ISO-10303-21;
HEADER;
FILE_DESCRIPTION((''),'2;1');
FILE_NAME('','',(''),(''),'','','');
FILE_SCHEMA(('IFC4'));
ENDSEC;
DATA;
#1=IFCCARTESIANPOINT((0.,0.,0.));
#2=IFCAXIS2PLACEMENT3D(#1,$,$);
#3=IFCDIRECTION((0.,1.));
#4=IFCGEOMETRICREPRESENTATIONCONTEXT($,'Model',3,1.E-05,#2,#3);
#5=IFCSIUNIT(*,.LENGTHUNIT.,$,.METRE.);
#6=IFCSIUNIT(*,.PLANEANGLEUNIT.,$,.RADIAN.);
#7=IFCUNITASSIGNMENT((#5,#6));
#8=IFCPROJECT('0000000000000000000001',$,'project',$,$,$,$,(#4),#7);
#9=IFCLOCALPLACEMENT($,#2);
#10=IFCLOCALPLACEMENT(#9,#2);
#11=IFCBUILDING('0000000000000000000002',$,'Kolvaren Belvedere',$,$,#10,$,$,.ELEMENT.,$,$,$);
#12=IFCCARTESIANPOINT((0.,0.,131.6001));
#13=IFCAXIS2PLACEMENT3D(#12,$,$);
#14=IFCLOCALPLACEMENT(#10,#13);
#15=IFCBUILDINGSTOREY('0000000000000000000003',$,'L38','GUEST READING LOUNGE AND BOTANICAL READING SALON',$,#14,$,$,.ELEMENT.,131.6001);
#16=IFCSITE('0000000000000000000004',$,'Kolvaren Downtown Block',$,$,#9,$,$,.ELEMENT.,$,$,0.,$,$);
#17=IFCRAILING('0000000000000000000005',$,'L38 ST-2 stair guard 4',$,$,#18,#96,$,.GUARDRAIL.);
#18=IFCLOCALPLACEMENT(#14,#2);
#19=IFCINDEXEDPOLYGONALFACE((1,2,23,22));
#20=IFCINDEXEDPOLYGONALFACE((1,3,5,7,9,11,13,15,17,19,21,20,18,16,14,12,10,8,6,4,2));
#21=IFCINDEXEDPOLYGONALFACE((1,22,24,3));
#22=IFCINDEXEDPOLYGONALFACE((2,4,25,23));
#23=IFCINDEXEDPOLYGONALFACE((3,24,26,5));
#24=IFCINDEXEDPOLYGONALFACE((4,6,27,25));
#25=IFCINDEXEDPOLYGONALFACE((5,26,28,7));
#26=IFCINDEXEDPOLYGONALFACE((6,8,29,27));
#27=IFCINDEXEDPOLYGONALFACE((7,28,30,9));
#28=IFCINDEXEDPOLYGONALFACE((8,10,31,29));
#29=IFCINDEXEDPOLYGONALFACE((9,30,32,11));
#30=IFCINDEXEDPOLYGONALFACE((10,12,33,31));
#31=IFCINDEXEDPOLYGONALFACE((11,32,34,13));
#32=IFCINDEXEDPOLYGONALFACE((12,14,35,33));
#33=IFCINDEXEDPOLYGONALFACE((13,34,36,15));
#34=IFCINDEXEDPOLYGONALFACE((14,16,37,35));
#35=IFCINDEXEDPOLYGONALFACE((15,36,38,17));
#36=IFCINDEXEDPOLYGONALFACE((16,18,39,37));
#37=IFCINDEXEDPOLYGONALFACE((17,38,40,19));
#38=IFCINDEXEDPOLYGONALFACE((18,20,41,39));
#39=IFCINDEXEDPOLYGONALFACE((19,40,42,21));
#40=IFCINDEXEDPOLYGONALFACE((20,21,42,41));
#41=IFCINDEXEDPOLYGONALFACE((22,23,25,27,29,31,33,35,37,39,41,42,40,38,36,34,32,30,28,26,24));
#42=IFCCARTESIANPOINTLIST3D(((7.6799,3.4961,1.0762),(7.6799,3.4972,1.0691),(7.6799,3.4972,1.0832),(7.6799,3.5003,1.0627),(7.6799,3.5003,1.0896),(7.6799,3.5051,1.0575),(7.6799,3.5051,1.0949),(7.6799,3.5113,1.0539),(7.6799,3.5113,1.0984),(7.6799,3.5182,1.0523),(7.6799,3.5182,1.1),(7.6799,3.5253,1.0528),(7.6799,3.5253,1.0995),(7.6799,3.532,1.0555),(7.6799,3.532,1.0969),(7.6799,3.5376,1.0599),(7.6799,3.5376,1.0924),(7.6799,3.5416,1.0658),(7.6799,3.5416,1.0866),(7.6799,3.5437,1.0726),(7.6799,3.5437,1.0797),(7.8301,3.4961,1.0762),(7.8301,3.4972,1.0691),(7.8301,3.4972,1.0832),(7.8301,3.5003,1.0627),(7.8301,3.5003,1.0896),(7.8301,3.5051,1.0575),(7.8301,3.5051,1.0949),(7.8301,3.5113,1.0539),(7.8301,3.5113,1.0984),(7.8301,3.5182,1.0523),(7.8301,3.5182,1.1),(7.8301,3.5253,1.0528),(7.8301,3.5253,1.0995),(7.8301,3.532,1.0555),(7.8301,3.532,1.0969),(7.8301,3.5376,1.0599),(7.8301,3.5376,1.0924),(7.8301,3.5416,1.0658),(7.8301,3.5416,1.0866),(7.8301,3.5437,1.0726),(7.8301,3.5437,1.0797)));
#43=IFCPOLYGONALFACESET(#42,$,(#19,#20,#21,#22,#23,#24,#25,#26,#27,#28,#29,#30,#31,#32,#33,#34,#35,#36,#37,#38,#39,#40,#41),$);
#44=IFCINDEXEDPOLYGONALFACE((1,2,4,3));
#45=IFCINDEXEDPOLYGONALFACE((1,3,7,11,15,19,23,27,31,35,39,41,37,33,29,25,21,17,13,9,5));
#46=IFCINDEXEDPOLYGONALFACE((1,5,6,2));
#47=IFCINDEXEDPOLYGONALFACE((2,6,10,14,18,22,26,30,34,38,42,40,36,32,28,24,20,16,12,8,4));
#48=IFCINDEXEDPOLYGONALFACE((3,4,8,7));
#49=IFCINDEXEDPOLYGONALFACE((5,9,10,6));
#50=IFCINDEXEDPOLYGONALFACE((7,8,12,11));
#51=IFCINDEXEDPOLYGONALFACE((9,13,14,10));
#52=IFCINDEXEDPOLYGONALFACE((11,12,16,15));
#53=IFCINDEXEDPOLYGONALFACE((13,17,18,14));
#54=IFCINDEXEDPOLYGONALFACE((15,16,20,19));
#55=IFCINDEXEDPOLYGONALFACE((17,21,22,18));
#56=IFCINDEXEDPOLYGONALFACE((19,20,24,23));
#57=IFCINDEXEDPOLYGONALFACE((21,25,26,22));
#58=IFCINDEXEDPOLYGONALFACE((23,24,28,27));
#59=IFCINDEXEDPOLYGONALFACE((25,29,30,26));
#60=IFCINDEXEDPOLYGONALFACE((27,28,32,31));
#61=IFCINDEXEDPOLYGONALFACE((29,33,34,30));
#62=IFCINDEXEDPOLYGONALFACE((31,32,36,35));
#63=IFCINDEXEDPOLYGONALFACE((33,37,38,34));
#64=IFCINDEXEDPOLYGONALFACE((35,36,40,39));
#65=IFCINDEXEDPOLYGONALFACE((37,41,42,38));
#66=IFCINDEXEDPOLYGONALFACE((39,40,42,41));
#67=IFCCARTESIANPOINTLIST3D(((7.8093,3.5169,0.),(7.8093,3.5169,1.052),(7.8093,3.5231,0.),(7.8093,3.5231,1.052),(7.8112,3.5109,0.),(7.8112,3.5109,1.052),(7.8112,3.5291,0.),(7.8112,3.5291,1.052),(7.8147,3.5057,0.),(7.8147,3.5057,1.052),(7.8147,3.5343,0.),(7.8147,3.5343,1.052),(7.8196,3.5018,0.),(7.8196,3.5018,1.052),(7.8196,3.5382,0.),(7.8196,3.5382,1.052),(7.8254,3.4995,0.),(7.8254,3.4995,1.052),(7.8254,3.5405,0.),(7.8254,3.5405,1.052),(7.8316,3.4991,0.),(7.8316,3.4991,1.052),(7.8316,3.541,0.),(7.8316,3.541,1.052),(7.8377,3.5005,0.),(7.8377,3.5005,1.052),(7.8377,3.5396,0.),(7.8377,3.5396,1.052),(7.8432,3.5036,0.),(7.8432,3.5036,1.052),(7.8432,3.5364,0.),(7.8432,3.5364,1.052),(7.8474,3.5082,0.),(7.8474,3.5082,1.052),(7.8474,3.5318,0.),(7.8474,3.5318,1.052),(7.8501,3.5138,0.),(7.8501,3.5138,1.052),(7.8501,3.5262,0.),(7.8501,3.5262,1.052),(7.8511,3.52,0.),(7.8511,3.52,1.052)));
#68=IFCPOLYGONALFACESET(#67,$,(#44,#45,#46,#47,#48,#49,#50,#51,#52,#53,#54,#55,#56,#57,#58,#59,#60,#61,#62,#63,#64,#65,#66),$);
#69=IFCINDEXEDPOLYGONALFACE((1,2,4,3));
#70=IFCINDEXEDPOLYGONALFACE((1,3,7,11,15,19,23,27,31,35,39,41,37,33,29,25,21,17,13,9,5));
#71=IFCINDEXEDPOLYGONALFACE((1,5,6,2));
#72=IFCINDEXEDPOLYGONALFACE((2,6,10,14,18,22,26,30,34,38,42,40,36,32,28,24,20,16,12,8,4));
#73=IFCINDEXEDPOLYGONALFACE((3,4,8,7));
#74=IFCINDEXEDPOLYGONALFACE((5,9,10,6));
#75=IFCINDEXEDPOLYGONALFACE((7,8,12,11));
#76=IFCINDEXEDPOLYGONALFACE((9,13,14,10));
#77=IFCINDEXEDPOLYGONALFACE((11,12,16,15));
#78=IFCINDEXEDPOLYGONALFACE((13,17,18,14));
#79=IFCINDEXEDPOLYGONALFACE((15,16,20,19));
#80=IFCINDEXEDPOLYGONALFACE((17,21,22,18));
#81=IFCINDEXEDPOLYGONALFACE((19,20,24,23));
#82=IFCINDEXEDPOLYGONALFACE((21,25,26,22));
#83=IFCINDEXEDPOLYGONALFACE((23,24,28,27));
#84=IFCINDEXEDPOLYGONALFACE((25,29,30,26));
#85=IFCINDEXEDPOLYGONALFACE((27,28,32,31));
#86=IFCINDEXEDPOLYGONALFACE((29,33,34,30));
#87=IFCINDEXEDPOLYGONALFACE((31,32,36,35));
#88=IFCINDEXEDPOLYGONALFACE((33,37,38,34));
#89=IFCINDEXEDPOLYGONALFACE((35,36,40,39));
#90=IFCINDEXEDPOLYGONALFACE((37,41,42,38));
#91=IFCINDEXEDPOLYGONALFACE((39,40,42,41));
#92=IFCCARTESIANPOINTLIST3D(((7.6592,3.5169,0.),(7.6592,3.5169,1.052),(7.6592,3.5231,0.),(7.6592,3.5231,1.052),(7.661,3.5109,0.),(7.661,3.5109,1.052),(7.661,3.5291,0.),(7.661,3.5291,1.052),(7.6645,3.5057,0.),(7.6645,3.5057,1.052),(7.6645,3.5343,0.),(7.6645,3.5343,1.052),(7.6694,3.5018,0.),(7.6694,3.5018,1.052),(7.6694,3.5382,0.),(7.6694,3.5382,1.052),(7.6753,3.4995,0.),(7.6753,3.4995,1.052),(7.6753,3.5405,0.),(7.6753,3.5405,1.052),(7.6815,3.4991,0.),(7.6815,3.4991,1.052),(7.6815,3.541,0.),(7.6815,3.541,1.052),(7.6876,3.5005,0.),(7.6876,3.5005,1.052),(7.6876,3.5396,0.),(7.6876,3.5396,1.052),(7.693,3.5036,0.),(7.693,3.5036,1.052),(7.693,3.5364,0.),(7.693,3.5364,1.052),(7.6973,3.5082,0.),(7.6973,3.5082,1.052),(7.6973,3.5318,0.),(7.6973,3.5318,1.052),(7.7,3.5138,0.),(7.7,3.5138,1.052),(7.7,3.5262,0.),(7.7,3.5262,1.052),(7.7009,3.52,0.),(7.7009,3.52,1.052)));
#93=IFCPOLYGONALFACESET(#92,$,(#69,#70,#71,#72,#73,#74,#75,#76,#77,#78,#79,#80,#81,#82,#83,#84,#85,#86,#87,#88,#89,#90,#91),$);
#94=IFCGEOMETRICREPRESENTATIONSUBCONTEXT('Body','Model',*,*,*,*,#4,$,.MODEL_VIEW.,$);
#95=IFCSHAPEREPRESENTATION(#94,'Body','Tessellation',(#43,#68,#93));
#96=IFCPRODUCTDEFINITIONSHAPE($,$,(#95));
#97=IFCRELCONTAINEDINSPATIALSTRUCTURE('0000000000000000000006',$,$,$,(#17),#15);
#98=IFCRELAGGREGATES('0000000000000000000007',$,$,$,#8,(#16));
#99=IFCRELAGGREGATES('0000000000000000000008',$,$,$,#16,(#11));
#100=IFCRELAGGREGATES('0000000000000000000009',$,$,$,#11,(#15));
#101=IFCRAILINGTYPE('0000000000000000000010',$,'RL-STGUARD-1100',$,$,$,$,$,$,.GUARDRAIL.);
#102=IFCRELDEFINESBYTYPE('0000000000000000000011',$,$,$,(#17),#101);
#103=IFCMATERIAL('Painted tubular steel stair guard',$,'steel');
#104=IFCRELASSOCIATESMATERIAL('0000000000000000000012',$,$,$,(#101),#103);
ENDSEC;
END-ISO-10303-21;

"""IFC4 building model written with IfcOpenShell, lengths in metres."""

from ifc_helpers import new_model, si_unit, direction, frame, origin, origin_2d, place, context, subcontext, project, spatial, circle, extrude, material, type_object, element, save


model = new_model("IFC4")

# Units and contexts
model_context = context("Model", 3, precision=1e-05, world=origin(), true_north=direction((0.0, 1.0)))
body_context = subcontext(model_context, "Body", "Model", "MODEL_VIEW")
ifc_project = project(units=[si_unit("LENGTHUNIT", "METRE"), si_unit("PLANEANGLEUNIT", "RADIAN")], contexts=[model_context])

# Site, building, storey
site_placement = place(None, origin())
site = spatial("IfcSite", under=ifc_project, at=site_placement, Name="Kolvaren Downtown Block", CompositionType="ELEMENT", RefElevation=0.0)
building_placement = place(site_placement, origin())
building = spatial("IfcBuilding", under=site, at=building_placement, Name="Kolvaren Belvedere", CompositionType="ELEMENT")
storey_placement = place(building_placement, frame((0.0, 0.0, 131.6001)))
storey = spatial("IfcBuildingStorey", under=building, at=storey_placement, Name="L38", Description="GUEST READING LOUNGE AND BOTANICAL READING SALON", CompositionType="ELEMENT", Elevation=131.6001)

# Railing
ifc_material_1 = material(Name="Painted tubular steel stair guard", Category="steel")
railing_type_1 = type_object("IfcRailingType", Name="RL-STGUARD-1100", PredefinedType="GUARDRAIL", material=ifc_material_1)
railing_1_placement = place(storey_placement, frame((7.8301, 3.52, 0.0)))
element("IfcRailing", 1, at=railing_1_placement, inside=storey, type_object=railing_type_1, Name="L38 ST-2 stair guard 4", PredefinedType="GUARDRAIL", context=body_context, shape_type="SweptSolid", body=[
    extrude(circle(Radius=0.0239, at=origin_2d()), frame((0.0, 0.0, 1.0762), z_axis=(-1.0, 0.0, 0.0), x_axis=(0.0, -1.0, 0.0)), (0.0, 0.0, 1.0), 0.1501),
    extrude(circle(Radius=0.021, at=origin_2d()), origin(), (0.0, 0.0, 1.0), 1.052),
    extrude(circle(Radius=0.021, at=origin_2d()), frame((-0.1501, 0.0, 0.0)), (0.0, 0.0, 1.0), 1.052),
])

save(model, "model.ifc")
